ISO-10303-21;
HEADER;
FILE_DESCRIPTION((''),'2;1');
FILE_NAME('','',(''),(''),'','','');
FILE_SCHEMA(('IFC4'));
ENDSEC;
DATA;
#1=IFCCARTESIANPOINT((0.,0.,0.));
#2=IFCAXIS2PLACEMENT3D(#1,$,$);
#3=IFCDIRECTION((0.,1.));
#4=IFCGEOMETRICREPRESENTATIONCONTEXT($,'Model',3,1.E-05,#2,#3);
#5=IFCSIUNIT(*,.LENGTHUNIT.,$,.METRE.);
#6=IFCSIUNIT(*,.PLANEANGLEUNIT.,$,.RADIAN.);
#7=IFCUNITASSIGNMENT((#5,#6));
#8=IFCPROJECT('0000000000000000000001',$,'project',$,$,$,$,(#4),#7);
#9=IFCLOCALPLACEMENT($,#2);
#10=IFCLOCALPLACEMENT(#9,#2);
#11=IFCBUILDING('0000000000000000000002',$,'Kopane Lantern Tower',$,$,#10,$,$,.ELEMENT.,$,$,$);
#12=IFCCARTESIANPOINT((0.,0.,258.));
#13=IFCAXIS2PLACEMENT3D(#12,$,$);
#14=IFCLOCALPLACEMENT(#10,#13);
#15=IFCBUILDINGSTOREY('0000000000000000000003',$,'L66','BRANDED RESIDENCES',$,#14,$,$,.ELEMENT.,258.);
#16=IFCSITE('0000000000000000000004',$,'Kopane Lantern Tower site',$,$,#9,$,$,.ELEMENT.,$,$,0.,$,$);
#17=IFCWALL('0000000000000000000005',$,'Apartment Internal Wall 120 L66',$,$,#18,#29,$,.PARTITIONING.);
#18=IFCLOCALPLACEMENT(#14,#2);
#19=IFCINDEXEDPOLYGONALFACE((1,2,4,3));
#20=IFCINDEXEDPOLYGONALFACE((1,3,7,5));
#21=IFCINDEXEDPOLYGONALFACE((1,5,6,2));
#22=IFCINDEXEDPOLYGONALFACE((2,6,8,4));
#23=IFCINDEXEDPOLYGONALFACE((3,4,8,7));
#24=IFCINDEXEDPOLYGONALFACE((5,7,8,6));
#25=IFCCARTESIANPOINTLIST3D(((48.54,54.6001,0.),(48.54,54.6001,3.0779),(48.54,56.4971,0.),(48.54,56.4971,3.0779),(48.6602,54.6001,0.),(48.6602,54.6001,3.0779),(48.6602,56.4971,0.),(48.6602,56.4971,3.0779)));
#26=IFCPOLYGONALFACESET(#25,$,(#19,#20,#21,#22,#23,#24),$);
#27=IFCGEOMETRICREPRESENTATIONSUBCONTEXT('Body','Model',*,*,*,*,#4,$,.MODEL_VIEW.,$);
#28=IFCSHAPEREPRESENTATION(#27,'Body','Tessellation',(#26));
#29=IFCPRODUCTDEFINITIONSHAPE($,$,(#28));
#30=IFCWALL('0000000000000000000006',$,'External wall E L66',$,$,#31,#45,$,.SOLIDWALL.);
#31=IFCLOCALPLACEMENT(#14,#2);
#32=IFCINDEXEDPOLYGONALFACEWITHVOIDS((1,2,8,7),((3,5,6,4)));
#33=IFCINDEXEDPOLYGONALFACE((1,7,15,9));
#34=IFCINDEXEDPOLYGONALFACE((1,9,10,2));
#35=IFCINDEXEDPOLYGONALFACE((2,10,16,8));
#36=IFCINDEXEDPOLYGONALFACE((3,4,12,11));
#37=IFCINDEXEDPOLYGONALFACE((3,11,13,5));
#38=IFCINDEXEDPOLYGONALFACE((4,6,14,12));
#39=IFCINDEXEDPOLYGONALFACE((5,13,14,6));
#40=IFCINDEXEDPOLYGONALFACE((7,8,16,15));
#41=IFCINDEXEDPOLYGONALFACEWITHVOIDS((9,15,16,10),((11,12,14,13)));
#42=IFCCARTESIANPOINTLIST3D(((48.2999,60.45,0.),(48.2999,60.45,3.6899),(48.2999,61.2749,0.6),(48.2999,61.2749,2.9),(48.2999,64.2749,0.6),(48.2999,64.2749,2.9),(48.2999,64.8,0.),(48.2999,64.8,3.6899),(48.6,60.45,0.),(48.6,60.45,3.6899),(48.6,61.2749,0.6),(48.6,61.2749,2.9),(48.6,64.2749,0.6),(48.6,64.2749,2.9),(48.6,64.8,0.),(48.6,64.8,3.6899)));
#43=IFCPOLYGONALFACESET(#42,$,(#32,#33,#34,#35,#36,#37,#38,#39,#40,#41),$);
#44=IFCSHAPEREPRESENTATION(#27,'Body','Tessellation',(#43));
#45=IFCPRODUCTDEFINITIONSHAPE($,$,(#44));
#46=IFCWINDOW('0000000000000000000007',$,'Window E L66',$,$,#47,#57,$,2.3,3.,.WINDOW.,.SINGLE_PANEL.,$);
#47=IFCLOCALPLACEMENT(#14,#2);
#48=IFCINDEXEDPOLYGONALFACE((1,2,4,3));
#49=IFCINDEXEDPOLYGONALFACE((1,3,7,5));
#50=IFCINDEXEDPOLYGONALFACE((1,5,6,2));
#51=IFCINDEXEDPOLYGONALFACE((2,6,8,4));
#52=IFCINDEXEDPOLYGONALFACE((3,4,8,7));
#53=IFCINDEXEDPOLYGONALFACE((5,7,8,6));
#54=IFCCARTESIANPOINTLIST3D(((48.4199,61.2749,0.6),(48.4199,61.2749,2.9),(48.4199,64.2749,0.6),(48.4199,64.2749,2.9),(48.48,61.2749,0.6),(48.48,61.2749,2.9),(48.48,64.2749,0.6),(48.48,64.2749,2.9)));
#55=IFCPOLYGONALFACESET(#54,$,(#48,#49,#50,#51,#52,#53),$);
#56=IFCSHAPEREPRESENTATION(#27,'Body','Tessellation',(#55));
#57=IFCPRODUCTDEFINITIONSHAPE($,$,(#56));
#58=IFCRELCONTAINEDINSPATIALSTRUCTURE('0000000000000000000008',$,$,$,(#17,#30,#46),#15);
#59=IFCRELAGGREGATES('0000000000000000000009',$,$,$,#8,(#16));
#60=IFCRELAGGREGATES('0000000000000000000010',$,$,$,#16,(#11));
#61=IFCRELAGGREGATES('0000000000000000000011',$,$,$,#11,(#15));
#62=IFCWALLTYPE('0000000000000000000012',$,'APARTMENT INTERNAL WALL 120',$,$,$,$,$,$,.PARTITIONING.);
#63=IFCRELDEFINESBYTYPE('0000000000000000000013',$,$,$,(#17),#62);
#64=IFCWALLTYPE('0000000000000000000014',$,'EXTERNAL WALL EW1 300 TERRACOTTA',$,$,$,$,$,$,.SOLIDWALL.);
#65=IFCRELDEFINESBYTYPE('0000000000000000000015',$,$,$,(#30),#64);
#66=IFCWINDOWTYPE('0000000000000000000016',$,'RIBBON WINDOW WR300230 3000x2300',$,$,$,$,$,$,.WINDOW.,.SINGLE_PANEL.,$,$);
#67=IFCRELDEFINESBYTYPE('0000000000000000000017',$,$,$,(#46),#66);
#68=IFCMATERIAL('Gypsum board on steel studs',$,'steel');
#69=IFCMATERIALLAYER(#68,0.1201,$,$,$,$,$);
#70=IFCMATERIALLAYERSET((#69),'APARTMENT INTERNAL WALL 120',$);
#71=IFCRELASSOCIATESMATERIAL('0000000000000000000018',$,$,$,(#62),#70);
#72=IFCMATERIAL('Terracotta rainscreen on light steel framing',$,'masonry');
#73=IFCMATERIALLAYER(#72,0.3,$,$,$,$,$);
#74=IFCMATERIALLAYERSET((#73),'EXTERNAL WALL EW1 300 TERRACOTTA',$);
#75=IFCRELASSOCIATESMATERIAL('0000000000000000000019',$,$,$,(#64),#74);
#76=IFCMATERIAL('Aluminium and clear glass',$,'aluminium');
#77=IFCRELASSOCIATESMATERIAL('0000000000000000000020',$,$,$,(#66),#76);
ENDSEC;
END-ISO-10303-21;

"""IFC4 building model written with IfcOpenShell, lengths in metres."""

from ifc_helpers import new_model, si_unit, direction, frame, frame_2d, origin, place, context, subcontext, project, spatial, rectangle, extrude, material, layer, layer_set, type_object, element, fill, save


model = new_model("IFC4")

# Units and contexts
model_context = context("Model", 3, precision=1e-05, world=origin(), true_north=direction((0.0, 1.0)))
body_context = subcontext(model_context, "Body", "Model", "MODEL_VIEW")
ifc_project = project(units=[si_unit("LENGTHUNIT", "METRE"), si_unit("PLANEANGLEUNIT", "RADIAN")], contexts=[model_context])

# Site, building, storey
site_placement = place(None, origin())
site = spatial("IfcSite", under=ifc_project, at=site_placement, Name="Kopane Lantern Tower site", CompositionType="ELEMENT", RefElevation=0.0)
building_placement = place(site_placement, origin())
building = spatial("IfcBuilding", under=site, at=building_placement, Name="Kopane Lantern Tower", CompositionType="ELEMENT")
storey_placement = place(building_placement, frame((0.0, 0.0, 258.0)))
storey = spatial("IfcBuildingStorey", under=building, at=storey_placement, Name="L66", Description="BRANDED RESIDENCES", CompositionType="ELEMENT", Elevation=258.0)

# Shared definitions
ifc_material_1 = material(Name="Gypsum board on steel studs", Category="steel")
ifc_layer_1 = layer(ifc_material_1, 0.1201)
ifc_layer_set_1 = layer_set([ifc_layer_1], Name="APARTMENT INTERNAL WALL 120")
wall_type_1 = type_object("IfcWallType", Name="APARTMENT INTERNAL WALL 120", PredefinedType="PARTITIONING", material=ifc_layer_set_1)

# Wall
wall_1_placement = place(storey_placement, frame((48.6001, 54.6001, 0.0), z_axis=(0.0, 0.0, 1.0), x_axis=(0.0, 1.0, 0.0)))
element("IfcWall", 1, at=wall_1_placement, inside=storey, type_object=wall_type_1, Name="Apartment Internal Wall 120 L66", PredefinedType="PARTITIONING", context=body_context, shape_type="SweptSolid", body=[
    extrude(rectangle(XDim=1.897, YDim=0.1201, at=frame_2d((0.9485, 0.0))), origin(), (0.0, 0.0, 1.0), 3.0779),
])

# Wall, opening, window
ifc_material_2 = material(Name="Terracotta rainscreen on light steel framing", Category="masonry")
ifc_layer_2 = layer(ifc_material_2, 0.3)
ifc_layer_set_2 = layer_set([ifc_layer_2], Name="EXTERNAL WALL EW1 300 TERRACOTTA")
wall_type_2 = type_object("IfcWallType", Name="EXTERNAL WALL EW1 300 TERRACOTTA", PredefinedType="SOLIDWALL", material=ifc_layer_set_2)
wall_2_placement = place(storey_placement, frame((48.45, 60.45, 0.0), z_axis=(0.0, 0.0, 1.0), x_axis=(0.0, 1.0, 0.0)))
wall_2 = element("IfcWall", 2, at=wall_2_placement, inside=storey, type_object=wall_type_2, Name="External wall E L66", PredefinedType="SOLIDWALL", context=body_context, shape_type="SweptSolid", body=[
    extrude(rectangle(XDim=4.3501, YDim=0.3, at=frame_2d((2.175, 0.0))), origin(), (0.0, 0.0, 1.0), 3.6899),
])
opening_1_placement = place(wall_2_placement, frame((0.825, 0.0, 0.6001)))
opening_1 = element("IfcOpeningElement", 3, at=opening_1_placement, cuts=wall_2, PredefinedType="OPENING", context=body_context, shape_type="SweptSolid", body=[
    extrude(rectangle(XDim=3.0, YDim=2.3, at=frame_2d((1.5, 1.1499))), frame((0.0, 0.1599, 0.0), z_axis=(0.0, -1.0, 0.0), x_axis=(1.0, 0.0, 0.0)), (0.0, 0.0, 1.0), 0.3201),
])
ifc_material_3 = material(Name="Aluminium and clear glass", Category="aluminium")
window_type_1 = type_object("IfcWindowType", Name="RIBBON WINDOW WR300230 3000x2300", PartitioningType="SINGLE_PANEL", PredefinedType="WINDOW", material=ifc_material_3)
window_1_placement = place(opening_1_placement, origin())
window_1 = element("IfcWindow", 4, at=window_1_placement, inside=storey, type_object=window_type_1, Name="Window E L66", OverallHeight=2.3, OverallWidth=3.0, PartitioningType="SINGLE_PANEL", PredefinedType="WINDOW", context=body_context, shape_type="SweptSolid", body=[
    extrude(rectangle(XDim=3.0, YDim=2.3, at=frame_2d((1.5, 1.1499))), frame((0.0, 0.03, 0.0), z_axis=(0.0, -1.0, 0.0), x_axis=(1.0, 0.0, 0.0)), (0.0, 0.0, 1.0), 0.0601),
])
fill(opening_1, window_1)

save(model, "model.ifc")
